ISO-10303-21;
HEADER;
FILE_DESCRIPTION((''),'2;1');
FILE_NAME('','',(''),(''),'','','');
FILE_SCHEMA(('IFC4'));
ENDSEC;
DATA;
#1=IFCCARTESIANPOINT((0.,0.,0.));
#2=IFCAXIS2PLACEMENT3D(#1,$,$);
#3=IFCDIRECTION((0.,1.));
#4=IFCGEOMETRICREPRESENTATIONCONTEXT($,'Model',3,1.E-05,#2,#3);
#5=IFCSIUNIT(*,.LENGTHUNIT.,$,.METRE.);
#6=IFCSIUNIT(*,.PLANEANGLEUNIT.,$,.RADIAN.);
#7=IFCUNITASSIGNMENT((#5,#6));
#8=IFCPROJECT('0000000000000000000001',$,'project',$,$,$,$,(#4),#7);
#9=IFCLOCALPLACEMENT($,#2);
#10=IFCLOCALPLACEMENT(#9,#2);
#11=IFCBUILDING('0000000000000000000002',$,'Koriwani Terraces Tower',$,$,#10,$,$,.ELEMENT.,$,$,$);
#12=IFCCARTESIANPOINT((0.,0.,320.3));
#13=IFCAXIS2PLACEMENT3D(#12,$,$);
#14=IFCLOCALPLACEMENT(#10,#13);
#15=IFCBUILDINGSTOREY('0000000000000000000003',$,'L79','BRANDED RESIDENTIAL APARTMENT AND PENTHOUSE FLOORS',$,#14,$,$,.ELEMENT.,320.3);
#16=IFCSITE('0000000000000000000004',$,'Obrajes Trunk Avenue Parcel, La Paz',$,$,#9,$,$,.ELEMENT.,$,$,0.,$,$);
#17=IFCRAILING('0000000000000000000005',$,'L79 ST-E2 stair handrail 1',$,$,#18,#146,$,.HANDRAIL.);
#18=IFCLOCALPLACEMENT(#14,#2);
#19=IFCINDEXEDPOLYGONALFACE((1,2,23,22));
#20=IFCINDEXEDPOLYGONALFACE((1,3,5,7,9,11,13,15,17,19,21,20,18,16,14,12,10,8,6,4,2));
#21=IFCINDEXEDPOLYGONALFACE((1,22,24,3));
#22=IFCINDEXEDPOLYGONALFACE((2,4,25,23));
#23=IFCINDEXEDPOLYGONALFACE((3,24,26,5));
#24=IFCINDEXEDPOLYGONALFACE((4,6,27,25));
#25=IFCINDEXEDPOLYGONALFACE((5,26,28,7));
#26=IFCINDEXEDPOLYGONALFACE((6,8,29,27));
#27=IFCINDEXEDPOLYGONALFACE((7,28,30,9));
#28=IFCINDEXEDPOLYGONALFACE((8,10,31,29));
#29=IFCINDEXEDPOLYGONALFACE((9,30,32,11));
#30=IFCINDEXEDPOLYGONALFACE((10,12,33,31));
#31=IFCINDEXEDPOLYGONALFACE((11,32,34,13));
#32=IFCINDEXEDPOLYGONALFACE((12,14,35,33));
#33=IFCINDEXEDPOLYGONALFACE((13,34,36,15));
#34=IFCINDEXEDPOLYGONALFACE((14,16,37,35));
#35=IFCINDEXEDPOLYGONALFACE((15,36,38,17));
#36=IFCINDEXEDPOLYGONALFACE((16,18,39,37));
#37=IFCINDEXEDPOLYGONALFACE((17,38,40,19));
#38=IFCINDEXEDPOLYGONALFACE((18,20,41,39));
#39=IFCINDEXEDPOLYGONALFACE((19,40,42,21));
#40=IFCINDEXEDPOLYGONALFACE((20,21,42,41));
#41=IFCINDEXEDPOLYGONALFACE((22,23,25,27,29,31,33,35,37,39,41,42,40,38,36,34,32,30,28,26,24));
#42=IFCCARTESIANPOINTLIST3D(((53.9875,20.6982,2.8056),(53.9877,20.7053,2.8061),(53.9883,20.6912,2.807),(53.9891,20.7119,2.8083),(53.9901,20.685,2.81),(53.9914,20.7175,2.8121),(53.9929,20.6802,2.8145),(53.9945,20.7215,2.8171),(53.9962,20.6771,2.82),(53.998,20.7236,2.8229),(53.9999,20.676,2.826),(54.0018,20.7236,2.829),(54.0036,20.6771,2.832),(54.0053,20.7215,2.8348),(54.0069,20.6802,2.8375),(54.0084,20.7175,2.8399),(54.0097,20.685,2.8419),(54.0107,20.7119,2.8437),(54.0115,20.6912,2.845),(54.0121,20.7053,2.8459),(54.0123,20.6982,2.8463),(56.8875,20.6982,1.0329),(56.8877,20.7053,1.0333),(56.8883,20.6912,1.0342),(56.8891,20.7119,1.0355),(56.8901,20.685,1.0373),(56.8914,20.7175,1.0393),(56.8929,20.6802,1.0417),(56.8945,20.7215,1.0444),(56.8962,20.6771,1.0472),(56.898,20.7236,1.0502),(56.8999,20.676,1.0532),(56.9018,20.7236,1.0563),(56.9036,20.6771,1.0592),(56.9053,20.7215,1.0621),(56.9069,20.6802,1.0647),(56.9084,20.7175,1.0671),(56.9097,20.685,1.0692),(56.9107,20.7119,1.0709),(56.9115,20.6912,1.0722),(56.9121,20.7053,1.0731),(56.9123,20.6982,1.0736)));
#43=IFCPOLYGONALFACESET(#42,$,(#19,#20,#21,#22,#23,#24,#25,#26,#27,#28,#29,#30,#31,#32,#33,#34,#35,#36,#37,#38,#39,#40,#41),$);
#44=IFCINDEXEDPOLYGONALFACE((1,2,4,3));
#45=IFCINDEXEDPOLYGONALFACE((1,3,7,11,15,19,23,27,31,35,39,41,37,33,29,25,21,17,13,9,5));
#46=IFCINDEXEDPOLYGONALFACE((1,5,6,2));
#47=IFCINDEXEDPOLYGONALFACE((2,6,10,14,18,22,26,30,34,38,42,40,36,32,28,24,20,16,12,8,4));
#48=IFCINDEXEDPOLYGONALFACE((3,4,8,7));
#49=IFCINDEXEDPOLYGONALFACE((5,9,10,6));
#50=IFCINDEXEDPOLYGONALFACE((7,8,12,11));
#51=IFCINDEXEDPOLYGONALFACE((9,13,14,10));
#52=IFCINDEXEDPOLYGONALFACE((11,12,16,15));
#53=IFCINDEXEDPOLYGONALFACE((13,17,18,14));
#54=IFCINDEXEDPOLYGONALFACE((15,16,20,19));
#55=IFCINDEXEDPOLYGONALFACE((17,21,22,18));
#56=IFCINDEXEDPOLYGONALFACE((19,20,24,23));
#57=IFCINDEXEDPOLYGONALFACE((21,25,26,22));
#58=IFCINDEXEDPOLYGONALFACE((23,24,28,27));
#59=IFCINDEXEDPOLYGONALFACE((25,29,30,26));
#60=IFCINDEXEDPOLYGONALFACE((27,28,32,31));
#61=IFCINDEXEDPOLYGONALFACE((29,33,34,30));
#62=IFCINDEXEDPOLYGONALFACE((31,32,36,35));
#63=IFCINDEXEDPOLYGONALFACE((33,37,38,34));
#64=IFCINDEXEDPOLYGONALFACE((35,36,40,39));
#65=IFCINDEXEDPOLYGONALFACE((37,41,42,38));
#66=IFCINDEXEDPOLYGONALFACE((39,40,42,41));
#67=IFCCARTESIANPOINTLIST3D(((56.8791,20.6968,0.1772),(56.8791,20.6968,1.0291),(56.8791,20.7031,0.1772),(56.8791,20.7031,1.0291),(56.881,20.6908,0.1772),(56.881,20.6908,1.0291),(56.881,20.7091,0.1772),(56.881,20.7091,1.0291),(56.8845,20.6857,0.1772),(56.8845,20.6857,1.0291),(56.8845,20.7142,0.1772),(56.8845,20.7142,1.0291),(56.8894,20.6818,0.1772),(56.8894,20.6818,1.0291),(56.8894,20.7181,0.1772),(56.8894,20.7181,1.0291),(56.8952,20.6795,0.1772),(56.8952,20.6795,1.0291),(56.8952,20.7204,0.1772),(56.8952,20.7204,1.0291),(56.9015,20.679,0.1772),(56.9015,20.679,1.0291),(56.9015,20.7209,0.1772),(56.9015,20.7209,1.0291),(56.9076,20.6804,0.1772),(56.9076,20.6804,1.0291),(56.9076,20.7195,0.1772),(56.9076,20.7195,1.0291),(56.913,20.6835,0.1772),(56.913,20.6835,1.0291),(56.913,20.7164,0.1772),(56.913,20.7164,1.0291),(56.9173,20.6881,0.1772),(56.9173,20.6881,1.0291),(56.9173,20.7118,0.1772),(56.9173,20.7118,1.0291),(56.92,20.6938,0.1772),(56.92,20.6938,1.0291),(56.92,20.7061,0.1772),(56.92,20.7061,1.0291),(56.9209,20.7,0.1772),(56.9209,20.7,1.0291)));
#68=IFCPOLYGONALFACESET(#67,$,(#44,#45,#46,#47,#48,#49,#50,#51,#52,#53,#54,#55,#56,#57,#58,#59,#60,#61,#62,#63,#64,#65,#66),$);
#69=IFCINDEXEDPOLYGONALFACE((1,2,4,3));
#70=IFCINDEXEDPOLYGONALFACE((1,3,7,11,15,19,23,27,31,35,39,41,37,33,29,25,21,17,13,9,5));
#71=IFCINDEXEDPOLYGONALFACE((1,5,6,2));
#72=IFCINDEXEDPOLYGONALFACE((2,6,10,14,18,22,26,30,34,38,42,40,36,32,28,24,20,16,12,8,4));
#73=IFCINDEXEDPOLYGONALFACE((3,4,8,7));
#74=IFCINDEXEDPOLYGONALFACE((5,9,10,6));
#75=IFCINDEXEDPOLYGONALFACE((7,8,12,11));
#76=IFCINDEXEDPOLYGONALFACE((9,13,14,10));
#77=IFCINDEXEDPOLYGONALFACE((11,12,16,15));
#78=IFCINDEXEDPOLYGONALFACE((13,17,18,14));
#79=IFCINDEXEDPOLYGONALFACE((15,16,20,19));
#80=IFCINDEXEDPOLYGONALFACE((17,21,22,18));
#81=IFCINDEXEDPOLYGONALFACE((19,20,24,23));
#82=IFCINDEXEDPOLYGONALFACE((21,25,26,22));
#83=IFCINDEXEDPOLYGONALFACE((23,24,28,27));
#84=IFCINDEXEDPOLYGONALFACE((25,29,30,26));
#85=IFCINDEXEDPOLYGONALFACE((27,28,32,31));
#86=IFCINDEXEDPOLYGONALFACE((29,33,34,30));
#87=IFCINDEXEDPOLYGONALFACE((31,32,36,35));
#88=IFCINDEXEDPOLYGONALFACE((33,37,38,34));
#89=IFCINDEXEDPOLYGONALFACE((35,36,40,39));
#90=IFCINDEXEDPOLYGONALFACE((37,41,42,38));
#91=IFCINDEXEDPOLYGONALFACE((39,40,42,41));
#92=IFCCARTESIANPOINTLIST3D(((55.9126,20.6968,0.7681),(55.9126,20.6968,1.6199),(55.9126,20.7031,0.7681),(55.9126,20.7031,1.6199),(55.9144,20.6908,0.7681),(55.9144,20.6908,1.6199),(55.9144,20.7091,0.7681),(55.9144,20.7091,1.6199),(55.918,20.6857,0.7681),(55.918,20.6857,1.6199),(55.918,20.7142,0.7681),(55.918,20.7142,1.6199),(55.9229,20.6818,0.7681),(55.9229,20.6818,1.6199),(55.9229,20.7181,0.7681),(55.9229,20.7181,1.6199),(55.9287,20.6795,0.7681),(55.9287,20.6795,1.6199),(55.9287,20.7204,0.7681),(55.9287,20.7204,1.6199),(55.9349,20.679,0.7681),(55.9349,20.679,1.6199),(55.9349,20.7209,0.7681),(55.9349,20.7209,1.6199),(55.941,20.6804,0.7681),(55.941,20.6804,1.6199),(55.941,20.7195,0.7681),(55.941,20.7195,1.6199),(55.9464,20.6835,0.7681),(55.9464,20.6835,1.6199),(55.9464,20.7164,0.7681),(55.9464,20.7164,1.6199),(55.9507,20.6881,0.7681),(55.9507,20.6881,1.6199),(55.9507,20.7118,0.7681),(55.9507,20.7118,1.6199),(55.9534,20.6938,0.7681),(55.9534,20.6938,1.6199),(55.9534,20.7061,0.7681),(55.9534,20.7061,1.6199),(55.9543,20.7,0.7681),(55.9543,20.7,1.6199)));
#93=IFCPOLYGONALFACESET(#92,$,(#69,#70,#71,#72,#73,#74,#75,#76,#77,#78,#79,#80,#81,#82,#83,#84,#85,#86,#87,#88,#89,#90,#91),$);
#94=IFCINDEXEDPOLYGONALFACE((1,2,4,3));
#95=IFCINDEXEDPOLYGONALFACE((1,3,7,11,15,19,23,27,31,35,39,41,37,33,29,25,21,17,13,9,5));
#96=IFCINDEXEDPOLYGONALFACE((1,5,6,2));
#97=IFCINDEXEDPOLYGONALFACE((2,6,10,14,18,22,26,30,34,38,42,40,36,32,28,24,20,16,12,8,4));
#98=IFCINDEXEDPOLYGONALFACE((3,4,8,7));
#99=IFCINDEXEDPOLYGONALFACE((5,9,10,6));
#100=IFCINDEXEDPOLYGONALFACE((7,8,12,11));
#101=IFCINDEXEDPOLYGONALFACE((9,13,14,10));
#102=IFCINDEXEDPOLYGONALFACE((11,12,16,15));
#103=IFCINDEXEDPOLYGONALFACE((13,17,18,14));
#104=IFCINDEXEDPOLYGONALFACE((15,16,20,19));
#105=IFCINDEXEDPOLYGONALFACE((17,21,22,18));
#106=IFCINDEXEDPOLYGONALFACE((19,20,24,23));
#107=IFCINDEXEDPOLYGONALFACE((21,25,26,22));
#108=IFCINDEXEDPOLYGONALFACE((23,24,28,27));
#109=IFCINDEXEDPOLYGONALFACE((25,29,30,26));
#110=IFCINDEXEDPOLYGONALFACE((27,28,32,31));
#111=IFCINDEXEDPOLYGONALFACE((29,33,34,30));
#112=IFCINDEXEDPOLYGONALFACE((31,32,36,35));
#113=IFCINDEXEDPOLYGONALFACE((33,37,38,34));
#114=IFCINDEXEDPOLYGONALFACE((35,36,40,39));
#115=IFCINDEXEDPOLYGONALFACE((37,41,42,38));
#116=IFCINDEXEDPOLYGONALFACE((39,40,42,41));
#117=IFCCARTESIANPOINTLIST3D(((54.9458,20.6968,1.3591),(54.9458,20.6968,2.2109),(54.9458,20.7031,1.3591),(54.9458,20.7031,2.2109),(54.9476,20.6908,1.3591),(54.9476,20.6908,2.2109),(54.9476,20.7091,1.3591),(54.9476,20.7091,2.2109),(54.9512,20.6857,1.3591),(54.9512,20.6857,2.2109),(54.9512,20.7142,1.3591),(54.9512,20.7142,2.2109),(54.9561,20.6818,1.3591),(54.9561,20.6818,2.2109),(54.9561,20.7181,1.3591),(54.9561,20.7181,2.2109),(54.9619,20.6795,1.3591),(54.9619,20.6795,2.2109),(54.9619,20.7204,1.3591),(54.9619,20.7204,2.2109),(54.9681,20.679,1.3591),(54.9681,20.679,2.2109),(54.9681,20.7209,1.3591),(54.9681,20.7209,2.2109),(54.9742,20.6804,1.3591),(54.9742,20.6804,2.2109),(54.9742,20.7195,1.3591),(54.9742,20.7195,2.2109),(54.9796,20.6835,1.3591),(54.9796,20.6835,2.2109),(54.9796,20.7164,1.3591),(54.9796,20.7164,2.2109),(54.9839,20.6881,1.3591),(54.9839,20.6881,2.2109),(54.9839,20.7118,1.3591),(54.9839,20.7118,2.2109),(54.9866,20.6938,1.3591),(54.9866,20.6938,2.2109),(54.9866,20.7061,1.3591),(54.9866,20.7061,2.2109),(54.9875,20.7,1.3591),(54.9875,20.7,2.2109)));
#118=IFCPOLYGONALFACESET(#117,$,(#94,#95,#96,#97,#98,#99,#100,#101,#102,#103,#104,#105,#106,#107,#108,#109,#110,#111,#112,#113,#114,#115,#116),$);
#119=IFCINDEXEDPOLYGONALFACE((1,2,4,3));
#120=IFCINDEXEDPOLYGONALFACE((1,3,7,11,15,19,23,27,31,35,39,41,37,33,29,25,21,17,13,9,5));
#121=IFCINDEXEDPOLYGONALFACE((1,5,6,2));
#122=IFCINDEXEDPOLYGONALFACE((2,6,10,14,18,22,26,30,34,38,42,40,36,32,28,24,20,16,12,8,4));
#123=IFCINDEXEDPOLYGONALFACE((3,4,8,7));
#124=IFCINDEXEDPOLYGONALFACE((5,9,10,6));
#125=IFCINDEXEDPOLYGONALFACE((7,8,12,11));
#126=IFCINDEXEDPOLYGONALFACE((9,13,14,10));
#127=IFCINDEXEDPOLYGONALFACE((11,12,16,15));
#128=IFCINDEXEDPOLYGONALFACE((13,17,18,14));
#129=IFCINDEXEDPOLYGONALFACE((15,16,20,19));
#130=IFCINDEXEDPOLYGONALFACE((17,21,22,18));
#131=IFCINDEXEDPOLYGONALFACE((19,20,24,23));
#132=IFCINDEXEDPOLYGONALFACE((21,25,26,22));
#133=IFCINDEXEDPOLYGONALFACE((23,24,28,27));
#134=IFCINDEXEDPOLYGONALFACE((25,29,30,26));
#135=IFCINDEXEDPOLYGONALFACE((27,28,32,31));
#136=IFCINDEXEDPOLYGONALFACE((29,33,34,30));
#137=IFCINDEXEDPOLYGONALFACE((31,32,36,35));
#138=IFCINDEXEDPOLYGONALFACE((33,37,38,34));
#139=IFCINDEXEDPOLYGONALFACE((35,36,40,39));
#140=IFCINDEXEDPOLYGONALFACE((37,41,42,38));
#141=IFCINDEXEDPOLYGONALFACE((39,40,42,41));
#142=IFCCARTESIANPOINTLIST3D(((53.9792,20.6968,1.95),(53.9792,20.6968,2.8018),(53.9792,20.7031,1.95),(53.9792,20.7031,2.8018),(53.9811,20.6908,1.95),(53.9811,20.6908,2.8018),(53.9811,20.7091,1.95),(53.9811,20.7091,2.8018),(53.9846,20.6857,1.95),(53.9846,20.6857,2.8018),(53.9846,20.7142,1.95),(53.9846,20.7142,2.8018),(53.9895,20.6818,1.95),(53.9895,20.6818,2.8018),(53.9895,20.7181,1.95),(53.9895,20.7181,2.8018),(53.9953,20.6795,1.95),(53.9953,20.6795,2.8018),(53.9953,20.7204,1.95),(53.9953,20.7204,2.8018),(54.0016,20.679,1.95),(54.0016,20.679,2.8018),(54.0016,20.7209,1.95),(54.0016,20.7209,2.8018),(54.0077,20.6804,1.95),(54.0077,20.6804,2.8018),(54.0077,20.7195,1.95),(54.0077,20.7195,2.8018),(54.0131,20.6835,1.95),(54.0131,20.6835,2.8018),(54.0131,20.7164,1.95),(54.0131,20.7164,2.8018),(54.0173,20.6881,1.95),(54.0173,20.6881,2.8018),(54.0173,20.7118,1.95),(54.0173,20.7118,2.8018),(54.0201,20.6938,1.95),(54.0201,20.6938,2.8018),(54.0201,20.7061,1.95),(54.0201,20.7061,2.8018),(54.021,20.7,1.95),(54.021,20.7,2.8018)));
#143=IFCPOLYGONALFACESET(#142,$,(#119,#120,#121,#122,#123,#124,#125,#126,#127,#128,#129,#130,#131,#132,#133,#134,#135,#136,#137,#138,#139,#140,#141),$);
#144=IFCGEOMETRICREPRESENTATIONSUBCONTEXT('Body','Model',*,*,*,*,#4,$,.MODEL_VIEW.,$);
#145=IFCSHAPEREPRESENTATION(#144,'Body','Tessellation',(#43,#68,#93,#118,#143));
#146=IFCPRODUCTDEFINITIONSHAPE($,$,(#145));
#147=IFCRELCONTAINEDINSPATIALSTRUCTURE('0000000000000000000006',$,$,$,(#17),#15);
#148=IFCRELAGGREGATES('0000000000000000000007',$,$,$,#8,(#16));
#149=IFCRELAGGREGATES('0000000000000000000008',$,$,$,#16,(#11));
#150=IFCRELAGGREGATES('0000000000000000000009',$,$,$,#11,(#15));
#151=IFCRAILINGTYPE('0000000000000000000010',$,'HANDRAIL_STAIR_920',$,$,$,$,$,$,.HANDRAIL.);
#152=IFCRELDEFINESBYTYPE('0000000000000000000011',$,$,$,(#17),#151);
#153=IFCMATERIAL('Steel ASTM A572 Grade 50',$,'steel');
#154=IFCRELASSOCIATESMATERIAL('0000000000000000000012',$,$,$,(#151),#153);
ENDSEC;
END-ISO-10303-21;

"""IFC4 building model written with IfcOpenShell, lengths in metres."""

from ifc_helpers import new_model, si_unit, direction, frame, origin, origin_2d, place, context, subcontext, project, spatial, circle, extrude, material, type_object, element, save


model = new_model("IFC4")

# Units and contexts
model_context = context("Model", 3, precision=1e-05, world=origin(), true_north=direction((0.0, 1.0)))
body_context = subcontext(model_context, "Body", "Model", "MODEL_VIEW")
ifc_project = project(units=[si_unit("LENGTHUNIT", "METRE"), si_unit("PLANEANGLEUNIT", "RADIAN")], contexts=[model_context])

# Site, building, storey
site_placement = place(None, origin())
site = spatial("IfcSite", under=ifc_project, at=site_placement, Name="Obrajes Trunk Avenue Parcel, La Paz", CompositionType="ELEMENT", RefElevation=0.0)
building_placement = place(site_placement, origin())
building = spatial("IfcBuilding", under=site, at=building_placement, Name="Koriwani Terraces Tower", CompositionType="ELEMENT")
storey_placement = place(building_placement, frame((0.0, 0.0, 320.3)))
storey = spatial("IfcBuildingStorey", under=building, at=storey_placement, Name="L79", Description="BRANDED RESIDENTIAL APARTMENT AND PENTHOUSE FLOORS", CompositionType="ELEMENT", Elevation=320.3)

# Shared definitions
ifc_material_1 = material(Name="Steel ASTM A572 Grade 50", Category="steel")

# Railing
railing_type_1 = type_object("IfcRailingType", Name="HANDRAIL_STAIR_920", PredefinedType="HANDRAIL", material=ifc_material_1)
railing_1_placement = place(storey_placement, frame((56.8999, 20.7, 0.1772)))
element("IfcRailing", 1, at=railing_1_placement, inside=storey, type_object=railing_type_1, Name="L79 ST-E2 stair handrail 1", PredefinedType="HANDRAIL", context=body_context, shape_type="SweptSolid", body=[
    extrude(circle(Radius=0.0239, at=origin_2d()), frame((0.0, 0.0, 0.876), z_axis=(-0.853211, 0.0, 0.521566), x_axis=(0.0, -1.0, 0.0)), (0.0, 0.0, 1.0), 3.3989),
    extrude(circle(Radius=0.021, at=origin_2d()), origin(), (0.0, 0.0, 1.0), 0.8518),
    extrude(circle(Radius=0.021, at=origin_2d()), frame((-0.9666, 0.0, 0.5908)), (0.0, 0.0, 1.0), 0.8518),
    extrude(circle(Radius=0.021, at=origin_2d()), frame((-1.9333, 0.0, 1.1819)), (0.0, 0.0, 1.0), 0.8518),
    extrude(circle(Radius=0.021, at=origin_2d()), frame((-2.8999, 0.0, 1.7727)), (0.0, 0.0, 1.0), 0.8518),
])

save(model, "model.ifc")
